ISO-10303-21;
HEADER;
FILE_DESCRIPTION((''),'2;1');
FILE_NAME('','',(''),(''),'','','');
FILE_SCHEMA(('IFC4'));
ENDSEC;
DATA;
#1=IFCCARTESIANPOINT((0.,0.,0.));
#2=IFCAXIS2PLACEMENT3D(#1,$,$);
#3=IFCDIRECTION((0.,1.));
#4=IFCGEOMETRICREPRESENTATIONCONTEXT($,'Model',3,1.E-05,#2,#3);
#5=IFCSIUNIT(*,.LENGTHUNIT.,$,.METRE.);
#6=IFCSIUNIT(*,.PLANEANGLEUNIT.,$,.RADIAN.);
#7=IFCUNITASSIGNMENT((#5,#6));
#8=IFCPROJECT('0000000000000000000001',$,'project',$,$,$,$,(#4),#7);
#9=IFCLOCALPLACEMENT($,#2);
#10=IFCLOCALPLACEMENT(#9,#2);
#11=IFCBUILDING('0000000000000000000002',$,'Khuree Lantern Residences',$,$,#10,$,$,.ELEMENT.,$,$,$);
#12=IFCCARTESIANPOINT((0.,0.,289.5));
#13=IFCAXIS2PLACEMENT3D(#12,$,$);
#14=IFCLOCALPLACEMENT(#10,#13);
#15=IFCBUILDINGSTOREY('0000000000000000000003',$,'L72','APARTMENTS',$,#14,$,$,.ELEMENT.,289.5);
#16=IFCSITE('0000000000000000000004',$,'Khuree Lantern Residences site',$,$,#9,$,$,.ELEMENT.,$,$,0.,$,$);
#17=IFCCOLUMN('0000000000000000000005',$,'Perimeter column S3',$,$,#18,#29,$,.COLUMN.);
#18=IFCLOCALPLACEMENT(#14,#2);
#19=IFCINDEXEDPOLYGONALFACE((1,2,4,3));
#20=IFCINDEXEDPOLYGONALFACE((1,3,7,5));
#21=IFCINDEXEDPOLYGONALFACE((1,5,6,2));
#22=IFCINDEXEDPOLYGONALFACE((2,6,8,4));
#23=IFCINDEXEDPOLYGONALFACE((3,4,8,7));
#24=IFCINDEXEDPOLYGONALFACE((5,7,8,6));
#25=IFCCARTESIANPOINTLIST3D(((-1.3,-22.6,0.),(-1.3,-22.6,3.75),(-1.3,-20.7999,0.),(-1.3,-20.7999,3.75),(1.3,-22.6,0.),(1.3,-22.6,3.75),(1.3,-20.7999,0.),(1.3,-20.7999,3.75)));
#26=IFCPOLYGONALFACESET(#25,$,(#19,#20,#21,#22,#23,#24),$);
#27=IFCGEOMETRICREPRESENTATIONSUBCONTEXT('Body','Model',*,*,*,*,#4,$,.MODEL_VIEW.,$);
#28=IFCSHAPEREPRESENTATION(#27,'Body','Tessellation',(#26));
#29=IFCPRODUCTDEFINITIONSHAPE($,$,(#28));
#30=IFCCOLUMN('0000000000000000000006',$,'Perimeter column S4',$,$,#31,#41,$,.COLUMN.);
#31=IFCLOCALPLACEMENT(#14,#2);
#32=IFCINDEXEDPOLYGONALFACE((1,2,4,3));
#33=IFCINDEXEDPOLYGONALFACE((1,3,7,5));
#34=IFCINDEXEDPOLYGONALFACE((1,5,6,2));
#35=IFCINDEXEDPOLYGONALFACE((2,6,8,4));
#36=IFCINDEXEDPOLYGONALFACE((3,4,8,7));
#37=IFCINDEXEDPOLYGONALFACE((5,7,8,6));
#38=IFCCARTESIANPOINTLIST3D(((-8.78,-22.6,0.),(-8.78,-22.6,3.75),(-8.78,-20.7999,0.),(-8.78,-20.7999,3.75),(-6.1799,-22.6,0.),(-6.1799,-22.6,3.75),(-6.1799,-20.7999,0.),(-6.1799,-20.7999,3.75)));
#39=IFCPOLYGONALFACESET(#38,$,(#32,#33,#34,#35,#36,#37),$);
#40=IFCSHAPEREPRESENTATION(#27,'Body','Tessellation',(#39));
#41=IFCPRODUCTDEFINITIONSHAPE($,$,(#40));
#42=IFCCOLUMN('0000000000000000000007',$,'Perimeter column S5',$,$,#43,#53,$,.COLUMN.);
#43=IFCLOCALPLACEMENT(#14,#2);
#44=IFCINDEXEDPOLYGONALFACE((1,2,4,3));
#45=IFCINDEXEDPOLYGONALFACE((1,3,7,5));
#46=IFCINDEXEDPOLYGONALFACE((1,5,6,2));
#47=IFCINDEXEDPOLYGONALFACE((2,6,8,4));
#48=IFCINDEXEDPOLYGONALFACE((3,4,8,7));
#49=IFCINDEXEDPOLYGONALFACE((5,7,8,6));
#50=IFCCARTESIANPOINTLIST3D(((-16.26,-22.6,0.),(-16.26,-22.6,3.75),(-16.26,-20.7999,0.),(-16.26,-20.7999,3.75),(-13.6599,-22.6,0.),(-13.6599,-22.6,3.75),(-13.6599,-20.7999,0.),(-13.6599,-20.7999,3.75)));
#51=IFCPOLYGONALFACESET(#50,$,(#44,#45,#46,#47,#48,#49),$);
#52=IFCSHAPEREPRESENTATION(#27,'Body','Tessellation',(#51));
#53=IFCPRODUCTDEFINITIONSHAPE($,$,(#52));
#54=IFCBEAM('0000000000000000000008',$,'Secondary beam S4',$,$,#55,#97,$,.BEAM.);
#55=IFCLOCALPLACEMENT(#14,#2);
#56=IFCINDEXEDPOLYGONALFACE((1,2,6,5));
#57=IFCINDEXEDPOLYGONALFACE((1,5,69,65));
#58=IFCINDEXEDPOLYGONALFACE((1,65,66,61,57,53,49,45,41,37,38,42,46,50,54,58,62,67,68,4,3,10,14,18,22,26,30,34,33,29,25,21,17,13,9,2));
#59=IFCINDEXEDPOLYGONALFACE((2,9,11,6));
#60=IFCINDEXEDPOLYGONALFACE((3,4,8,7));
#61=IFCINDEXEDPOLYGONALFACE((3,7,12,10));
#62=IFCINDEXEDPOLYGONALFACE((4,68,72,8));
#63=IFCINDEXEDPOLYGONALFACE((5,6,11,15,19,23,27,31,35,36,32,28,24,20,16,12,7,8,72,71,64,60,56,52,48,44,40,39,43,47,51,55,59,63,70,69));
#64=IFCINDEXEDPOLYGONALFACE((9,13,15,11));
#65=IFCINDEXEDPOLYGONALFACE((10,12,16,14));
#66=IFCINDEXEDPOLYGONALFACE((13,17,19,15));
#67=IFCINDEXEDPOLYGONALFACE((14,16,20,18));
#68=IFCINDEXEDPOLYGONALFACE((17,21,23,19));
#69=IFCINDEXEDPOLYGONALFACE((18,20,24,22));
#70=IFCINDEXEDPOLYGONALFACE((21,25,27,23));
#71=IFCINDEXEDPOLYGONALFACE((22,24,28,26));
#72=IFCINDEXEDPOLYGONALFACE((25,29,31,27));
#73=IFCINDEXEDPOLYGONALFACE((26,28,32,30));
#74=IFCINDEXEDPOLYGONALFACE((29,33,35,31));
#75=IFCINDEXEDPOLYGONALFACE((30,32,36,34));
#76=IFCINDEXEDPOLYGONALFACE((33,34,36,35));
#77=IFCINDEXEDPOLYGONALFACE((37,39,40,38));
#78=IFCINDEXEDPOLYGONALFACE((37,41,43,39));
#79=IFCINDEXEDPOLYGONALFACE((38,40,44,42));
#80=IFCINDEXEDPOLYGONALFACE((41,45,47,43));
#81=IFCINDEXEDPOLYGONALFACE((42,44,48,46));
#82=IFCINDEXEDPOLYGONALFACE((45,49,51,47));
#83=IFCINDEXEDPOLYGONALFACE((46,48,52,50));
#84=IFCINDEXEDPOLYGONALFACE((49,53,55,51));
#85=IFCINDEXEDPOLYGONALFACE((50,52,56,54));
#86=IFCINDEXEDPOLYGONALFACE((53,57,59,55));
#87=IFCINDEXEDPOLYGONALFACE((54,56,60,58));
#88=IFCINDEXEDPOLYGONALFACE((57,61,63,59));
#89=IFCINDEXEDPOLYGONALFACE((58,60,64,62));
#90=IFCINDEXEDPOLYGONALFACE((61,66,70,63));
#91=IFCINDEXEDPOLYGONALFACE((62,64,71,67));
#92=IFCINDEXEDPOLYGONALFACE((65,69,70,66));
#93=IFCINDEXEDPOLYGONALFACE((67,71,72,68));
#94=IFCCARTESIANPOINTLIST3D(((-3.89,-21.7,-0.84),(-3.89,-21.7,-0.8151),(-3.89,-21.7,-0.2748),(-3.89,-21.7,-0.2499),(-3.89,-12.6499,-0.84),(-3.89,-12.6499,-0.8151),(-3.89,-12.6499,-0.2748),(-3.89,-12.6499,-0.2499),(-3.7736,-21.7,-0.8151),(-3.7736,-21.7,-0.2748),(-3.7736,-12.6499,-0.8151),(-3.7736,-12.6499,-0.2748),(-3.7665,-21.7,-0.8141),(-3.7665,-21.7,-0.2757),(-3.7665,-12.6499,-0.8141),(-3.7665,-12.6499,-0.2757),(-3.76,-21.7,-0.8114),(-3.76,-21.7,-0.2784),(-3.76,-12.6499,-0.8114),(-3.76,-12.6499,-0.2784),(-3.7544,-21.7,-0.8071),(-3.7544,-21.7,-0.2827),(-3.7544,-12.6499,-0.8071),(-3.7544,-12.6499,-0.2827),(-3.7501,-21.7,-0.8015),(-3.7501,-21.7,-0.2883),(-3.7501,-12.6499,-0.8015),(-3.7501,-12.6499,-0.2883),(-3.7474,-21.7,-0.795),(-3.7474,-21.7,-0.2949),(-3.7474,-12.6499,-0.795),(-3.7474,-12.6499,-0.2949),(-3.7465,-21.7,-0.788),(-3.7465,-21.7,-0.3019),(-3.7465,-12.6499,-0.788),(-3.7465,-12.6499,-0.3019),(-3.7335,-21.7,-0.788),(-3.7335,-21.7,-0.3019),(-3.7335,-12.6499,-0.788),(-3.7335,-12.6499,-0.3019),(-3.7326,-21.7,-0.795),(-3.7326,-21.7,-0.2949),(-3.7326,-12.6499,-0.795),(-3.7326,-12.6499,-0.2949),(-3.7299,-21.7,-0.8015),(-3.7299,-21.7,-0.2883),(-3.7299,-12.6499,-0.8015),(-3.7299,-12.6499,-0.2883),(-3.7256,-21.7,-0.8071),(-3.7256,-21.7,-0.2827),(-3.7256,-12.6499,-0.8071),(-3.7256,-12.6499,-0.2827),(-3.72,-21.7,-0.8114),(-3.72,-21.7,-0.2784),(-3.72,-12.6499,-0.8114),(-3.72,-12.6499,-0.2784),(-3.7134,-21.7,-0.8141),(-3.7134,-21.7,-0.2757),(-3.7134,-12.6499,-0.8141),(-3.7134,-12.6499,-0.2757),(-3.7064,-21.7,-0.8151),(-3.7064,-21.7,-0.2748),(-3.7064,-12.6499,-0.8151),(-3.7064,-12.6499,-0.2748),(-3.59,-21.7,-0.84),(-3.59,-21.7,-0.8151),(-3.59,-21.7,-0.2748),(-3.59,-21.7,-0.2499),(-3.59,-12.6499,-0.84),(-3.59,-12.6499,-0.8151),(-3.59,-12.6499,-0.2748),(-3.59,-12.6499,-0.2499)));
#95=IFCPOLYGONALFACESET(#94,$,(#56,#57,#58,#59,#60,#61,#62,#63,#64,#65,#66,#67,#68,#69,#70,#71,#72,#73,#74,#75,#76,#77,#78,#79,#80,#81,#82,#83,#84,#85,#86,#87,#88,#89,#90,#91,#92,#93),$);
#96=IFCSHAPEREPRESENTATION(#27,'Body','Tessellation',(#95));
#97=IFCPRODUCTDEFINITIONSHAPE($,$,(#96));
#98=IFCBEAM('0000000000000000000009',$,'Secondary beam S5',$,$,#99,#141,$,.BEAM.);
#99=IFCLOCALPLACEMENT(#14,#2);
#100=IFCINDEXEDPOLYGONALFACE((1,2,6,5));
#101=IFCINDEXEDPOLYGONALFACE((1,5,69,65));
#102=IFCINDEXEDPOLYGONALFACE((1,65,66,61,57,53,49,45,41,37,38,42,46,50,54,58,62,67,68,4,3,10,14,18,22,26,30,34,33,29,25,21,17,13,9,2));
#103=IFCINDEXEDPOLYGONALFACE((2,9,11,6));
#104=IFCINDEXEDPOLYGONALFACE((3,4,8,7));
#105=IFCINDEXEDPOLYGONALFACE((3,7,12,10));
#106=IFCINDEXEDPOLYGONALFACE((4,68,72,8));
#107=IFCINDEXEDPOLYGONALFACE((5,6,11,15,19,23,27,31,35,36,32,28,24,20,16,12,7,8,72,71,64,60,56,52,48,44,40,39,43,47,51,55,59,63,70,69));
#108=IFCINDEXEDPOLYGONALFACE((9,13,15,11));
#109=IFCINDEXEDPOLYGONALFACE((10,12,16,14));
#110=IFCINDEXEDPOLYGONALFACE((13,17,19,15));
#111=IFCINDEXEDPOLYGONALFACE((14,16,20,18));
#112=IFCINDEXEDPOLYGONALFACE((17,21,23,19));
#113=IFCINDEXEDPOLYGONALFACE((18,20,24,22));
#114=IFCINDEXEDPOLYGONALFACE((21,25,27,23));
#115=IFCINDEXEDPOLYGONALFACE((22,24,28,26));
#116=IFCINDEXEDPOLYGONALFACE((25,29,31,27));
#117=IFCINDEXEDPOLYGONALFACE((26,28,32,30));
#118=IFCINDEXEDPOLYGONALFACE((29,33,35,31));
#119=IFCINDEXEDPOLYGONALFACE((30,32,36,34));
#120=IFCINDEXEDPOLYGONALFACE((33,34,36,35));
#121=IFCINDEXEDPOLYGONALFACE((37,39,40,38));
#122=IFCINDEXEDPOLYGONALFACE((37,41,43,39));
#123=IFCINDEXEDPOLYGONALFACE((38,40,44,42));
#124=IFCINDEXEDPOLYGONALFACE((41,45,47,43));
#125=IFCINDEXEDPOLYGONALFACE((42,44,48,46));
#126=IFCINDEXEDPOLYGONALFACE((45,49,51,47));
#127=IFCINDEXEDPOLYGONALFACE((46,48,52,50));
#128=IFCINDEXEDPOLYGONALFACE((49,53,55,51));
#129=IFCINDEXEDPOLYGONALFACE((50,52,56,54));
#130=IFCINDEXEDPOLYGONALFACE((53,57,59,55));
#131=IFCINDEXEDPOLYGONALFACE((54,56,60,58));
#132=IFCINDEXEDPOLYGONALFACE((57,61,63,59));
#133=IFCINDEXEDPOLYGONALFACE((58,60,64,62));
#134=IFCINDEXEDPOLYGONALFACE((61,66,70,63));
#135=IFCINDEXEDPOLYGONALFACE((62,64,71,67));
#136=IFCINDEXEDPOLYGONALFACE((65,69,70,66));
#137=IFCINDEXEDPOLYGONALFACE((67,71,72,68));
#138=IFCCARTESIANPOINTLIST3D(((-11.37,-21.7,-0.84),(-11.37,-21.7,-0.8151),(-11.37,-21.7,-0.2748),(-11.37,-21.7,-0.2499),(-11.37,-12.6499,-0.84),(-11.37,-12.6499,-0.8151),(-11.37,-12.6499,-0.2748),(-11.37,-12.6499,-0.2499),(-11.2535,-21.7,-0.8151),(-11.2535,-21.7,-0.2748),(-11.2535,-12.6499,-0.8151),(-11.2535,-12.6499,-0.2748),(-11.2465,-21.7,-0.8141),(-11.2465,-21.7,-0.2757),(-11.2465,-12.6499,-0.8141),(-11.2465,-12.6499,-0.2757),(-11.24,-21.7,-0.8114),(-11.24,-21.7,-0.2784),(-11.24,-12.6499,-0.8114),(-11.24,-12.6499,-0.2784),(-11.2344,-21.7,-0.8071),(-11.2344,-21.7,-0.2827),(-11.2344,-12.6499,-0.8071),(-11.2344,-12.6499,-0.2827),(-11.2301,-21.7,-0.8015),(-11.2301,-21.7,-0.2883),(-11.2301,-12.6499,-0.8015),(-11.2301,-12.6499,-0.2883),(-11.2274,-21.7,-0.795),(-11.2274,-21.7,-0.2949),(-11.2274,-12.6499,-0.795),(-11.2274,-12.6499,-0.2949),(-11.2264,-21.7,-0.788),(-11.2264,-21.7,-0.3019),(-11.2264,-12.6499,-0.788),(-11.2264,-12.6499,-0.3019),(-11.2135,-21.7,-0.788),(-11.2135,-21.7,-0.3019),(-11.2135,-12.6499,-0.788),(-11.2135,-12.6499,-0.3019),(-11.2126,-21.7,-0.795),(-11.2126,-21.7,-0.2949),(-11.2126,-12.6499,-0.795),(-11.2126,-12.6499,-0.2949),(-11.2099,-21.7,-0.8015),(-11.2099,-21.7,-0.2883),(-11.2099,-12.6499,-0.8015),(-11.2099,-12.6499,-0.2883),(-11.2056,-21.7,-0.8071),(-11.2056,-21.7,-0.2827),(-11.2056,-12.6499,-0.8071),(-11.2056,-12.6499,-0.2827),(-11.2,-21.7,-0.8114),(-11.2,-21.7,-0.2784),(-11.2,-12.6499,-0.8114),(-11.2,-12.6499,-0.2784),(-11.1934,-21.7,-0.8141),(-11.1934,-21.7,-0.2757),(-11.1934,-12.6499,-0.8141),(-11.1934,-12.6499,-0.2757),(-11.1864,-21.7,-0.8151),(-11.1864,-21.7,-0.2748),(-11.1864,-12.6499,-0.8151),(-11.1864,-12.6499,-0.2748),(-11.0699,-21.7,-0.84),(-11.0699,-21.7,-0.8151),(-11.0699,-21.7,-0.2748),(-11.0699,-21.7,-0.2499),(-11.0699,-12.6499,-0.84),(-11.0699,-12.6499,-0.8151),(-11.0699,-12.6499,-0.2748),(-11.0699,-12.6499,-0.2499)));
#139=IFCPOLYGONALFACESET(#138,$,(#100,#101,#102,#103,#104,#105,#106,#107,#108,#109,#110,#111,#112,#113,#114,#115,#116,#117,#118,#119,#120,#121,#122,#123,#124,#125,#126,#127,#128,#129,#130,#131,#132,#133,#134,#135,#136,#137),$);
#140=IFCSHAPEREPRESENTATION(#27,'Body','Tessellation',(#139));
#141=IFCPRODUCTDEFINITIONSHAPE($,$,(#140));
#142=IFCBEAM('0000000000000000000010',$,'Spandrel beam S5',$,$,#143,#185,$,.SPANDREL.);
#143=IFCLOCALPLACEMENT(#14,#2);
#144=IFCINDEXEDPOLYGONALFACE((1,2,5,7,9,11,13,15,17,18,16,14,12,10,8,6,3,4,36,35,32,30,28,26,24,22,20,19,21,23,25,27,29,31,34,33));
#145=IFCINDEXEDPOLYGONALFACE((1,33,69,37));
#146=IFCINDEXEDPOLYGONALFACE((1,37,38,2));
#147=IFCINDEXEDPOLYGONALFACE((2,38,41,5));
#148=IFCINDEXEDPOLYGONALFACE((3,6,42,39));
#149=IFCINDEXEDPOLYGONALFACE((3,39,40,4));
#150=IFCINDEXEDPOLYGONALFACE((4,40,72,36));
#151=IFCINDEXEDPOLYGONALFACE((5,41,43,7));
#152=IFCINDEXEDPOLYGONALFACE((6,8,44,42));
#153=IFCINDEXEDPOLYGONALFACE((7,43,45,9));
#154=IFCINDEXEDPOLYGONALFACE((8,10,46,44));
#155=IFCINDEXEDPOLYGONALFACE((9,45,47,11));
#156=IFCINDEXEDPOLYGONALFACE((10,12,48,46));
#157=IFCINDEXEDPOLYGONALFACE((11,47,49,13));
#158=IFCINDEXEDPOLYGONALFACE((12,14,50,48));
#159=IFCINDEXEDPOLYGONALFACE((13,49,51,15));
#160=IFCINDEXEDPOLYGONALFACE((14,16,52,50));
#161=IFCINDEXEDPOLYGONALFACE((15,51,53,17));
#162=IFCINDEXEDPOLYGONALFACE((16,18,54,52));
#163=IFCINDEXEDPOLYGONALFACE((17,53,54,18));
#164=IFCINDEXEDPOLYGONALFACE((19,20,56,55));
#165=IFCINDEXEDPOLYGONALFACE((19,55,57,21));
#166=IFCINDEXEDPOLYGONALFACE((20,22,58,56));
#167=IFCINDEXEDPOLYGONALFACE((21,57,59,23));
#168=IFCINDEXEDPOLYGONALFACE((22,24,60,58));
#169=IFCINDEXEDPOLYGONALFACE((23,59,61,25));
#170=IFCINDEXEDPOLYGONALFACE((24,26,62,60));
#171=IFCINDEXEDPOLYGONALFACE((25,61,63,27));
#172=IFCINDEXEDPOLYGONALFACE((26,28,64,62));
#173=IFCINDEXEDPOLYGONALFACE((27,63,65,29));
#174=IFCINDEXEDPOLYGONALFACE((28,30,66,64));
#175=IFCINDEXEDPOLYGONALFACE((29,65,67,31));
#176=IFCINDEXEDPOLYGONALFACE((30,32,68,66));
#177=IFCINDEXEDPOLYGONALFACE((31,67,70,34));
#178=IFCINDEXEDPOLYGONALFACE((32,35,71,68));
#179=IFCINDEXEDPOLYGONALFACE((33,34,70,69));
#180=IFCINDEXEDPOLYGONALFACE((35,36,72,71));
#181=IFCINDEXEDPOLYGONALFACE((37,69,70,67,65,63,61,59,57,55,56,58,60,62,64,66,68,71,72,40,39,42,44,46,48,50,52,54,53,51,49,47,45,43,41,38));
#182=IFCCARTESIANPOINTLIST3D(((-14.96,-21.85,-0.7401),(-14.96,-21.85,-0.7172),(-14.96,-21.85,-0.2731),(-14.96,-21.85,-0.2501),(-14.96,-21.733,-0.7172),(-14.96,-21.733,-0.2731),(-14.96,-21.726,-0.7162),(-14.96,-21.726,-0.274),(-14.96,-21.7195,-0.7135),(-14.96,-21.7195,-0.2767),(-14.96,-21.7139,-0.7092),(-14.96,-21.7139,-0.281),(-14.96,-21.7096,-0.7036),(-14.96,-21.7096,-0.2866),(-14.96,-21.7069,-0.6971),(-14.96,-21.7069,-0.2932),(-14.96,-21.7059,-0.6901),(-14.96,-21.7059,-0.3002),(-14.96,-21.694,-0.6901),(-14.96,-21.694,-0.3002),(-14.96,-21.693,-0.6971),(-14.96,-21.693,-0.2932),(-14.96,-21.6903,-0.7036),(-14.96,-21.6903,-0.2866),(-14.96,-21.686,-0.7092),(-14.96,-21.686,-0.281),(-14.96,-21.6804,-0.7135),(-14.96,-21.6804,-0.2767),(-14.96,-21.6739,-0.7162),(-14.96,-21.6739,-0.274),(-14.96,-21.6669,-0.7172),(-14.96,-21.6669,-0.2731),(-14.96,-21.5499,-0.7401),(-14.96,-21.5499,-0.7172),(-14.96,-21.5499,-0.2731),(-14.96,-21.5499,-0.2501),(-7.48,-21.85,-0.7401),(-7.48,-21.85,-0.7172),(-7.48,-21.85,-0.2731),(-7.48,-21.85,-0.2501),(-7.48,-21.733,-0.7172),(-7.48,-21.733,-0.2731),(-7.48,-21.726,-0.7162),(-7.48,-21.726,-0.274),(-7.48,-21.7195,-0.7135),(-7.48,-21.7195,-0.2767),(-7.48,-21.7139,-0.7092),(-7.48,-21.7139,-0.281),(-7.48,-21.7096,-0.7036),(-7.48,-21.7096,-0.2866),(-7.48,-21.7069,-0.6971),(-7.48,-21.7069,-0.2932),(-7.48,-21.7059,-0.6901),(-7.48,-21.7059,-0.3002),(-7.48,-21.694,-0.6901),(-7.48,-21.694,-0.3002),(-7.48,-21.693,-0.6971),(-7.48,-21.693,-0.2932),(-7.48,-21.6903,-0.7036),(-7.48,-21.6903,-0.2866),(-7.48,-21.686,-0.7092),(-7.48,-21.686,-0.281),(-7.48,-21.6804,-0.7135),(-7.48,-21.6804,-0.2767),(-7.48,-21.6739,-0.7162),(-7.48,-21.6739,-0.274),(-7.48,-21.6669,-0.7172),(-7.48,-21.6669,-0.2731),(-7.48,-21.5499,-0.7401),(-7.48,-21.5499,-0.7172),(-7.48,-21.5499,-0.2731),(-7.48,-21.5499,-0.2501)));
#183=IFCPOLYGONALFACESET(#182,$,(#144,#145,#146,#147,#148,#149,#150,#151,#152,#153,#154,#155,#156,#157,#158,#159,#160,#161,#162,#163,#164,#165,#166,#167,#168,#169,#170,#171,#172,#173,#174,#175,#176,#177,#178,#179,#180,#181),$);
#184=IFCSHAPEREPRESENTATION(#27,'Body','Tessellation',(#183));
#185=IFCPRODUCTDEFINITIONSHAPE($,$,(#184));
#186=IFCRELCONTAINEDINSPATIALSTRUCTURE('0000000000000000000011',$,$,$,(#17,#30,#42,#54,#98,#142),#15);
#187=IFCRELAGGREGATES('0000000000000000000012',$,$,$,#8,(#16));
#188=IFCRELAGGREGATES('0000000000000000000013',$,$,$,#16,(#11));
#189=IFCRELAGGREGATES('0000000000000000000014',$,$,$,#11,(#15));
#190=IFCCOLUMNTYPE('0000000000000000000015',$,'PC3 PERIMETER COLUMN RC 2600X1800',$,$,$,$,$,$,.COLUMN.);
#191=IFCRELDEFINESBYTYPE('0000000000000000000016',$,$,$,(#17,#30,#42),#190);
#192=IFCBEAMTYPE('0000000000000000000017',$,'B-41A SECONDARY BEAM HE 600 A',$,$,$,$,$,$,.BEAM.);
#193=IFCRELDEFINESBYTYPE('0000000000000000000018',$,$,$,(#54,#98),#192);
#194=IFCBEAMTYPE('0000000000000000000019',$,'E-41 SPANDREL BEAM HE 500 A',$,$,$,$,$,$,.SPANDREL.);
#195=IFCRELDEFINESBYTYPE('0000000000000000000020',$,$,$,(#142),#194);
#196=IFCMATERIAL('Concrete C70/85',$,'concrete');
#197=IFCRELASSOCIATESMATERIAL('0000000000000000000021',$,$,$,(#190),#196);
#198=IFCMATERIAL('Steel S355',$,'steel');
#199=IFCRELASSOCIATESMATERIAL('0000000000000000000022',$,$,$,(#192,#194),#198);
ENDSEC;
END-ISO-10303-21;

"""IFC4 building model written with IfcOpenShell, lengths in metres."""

from ifc_helpers import new_model, si_unit, direction, frame, origin, origin_2d, place, context, subcontext, project, spatial, rectangle, i_section, extrude, material, material_profile, profile_set, type_object, element, save


model = new_model("IFC4")

# Units and contexts
model_context = context("Model", 3, precision=1e-05, world=origin(), true_north=direction((0.0, 1.0)))
body_context = subcontext(model_context, "Body", "Model", "MODEL_VIEW")
ifc_project = project(units=[si_unit("LENGTHUNIT", "METRE"), si_unit("PLANEANGLEUNIT", "RADIAN")], contexts=[model_context])

# Site, building, storey
site_placement = place(None, origin())
site = spatial("IfcSite", under=ifc_project, at=site_placement, Name="Khuree Lantern Residences site", CompositionType="ELEMENT", RefElevation=0.0)
building_placement = place(site_placement, origin())
building = spatial("IfcBuilding", under=site, at=building_placement, Name="Khuree Lantern Residences", CompositionType="ELEMENT")
storey_placement = place(building_placement, frame((0.0, 0.0, 289.5)))
storey = spatial("IfcBuildingStorey", under=building, at=storey_placement, Name="L72", Description="APARTMENTS", CompositionType="ELEMENT", Elevation=289.5)

# Columns
ifc_material_1 = material(Name="Concrete C70/85", Category="concrete")
ifc_material_profile_1 = material_profile(ifc_material_1, rectangle(XDim=2.6001, YDim=1.8, at=origin_2d()), Name="RC 2600X1800")
ifc_profile_set_1 = profile_set([ifc_material_profile_1], Name="Concrete C70/85")
column_type = type_object("IfcColumnType", Name="PC3 PERIMETER COLUMN RC 2600X1800", PredefinedType="COLUMN", material=ifc_profile_set_1)
for number, where, z_axis, x_axis, name in (
    (1, (0.0, -21.7, 0.0), (0.0, 0.0, 1.0), (1.0, 0.0, 0.0), "Perimeter column S3"),
    (2, (-7.48, -21.7, 0.0), (0.0, 0.0, 1.0), (1.0, 0.0, 0.0), "Perimeter column S4"),
    (3, (-14.96, -21.7, 0.0), (0.0, 0.0, 1.0), (1.0, 0.0, 0.0), "Perimeter column S5"),
):
    element("IfcColumn", number, at=place(storey_placement, frame(where, z_axis=z_axis, x_axis=x_axis)), inside=storey, type_object=column_type, Name=name, PredefinedType="COLUMN", context=body_context, shape_type="SweptSolid", body=[
        extrude(rectangle(XDim=2.6001, YDim=1.8, at=origin_2d()), origin(), (0.0, 0.0, 1.0), 3.75),
    ])

# Beams
ifc_material_2 = material(Name="Steel S355", Category="steel")
ifc_material_profile_2 = material_profile(ifc_material_2, i_section(OverallWidth=0.3, OverallDepth=0.5901, WebThickness=0.0129, FlangeThickness=0.0249, FilletRadius=0.0271, at=origin_2d()), Name="HE 600 A")
ifc_profile_set_2 = profile_set([ifc_material_profile_2], Name="Steel S355")
beam_type_1 = type_object("IfcBeamType", Name="B-41A SECONDARY BEAM HE 600 A", PredefinedType="BEAM", material=ifc_profile_set_2)
for number, where, z_axis, x_axis, name in (
    (4, (-3.74, -21.7, -0.5449), (0.0, 1.0, 0.0), (-1.0, 0.0, 0.0), "Secondary beam S4"),
    (5, (-11.22, -21.7, -0.5449), (0.0, 1.0, 0.0), (-1.0, 0.0, 0.0), "Secondary beam S5"),
):
    element("IfcBeam", number, at=place(storey_placement, frame(where, z_axis=z_axis, x_axis=x_axis)), inside=storey, type_object=beam_type_1, Name=name, PredefinedType="BEAM", context=body_context, shape_type="SweptSolid", body=[
        extrude(i_section(OverallWidth=0.3, OverallDepth=0.5901, WebThickness=0.0129, FlangeThickness=0.0249, FilletRadius=0.0271, at=origin_2d()), origin(), (0.0, 0.0, 1.0), 9.05),
    ])
ifc_material_profile_3 = material_profile(ifc_material_2, i_section(OverallWidth=0.3, OverallDepth=0.49, WebThickness=0.012, FlangeThickness=0.0229, FilletRadius=0.0271, at=origin_2d()), Name="HE 500 A")
ifc_profile_set_3 = profile_set([ifc_material_profile_3], Name="Steel S355")
beam_type_2 = type_object("IfcBeamType", Name="E-41 SPANDREL BEAM HE 500 A", PredefinedType="SPANDREL", material=ifc_profile_set_3)
beam_1_placement = place(storey_placement, frame((-7.48, -21.7, -0.4951), z_axis=(-1.0, 0.0, 0.0), x_axis=(0.0, -1.0, 0.0)))
element("IfcBeam", 6, at=beam_1_placement, inside=storey, type_object=beam_type_2, Name="Spandrel beam S5", PredefinedType="SPANDREL", context=body_context, shape_type="SweptSolid", body=[
    extrude(i_section(OverallWidth=0.3, OverallDepth=0.49, WebThickness=0.012, FlangeThickness=0.0229, FilletRadius=0.0271, at=origin_2d()), origin(), (0.0, 0.0, 1.0), 7.48),
])

save(model, "model.ifc")
